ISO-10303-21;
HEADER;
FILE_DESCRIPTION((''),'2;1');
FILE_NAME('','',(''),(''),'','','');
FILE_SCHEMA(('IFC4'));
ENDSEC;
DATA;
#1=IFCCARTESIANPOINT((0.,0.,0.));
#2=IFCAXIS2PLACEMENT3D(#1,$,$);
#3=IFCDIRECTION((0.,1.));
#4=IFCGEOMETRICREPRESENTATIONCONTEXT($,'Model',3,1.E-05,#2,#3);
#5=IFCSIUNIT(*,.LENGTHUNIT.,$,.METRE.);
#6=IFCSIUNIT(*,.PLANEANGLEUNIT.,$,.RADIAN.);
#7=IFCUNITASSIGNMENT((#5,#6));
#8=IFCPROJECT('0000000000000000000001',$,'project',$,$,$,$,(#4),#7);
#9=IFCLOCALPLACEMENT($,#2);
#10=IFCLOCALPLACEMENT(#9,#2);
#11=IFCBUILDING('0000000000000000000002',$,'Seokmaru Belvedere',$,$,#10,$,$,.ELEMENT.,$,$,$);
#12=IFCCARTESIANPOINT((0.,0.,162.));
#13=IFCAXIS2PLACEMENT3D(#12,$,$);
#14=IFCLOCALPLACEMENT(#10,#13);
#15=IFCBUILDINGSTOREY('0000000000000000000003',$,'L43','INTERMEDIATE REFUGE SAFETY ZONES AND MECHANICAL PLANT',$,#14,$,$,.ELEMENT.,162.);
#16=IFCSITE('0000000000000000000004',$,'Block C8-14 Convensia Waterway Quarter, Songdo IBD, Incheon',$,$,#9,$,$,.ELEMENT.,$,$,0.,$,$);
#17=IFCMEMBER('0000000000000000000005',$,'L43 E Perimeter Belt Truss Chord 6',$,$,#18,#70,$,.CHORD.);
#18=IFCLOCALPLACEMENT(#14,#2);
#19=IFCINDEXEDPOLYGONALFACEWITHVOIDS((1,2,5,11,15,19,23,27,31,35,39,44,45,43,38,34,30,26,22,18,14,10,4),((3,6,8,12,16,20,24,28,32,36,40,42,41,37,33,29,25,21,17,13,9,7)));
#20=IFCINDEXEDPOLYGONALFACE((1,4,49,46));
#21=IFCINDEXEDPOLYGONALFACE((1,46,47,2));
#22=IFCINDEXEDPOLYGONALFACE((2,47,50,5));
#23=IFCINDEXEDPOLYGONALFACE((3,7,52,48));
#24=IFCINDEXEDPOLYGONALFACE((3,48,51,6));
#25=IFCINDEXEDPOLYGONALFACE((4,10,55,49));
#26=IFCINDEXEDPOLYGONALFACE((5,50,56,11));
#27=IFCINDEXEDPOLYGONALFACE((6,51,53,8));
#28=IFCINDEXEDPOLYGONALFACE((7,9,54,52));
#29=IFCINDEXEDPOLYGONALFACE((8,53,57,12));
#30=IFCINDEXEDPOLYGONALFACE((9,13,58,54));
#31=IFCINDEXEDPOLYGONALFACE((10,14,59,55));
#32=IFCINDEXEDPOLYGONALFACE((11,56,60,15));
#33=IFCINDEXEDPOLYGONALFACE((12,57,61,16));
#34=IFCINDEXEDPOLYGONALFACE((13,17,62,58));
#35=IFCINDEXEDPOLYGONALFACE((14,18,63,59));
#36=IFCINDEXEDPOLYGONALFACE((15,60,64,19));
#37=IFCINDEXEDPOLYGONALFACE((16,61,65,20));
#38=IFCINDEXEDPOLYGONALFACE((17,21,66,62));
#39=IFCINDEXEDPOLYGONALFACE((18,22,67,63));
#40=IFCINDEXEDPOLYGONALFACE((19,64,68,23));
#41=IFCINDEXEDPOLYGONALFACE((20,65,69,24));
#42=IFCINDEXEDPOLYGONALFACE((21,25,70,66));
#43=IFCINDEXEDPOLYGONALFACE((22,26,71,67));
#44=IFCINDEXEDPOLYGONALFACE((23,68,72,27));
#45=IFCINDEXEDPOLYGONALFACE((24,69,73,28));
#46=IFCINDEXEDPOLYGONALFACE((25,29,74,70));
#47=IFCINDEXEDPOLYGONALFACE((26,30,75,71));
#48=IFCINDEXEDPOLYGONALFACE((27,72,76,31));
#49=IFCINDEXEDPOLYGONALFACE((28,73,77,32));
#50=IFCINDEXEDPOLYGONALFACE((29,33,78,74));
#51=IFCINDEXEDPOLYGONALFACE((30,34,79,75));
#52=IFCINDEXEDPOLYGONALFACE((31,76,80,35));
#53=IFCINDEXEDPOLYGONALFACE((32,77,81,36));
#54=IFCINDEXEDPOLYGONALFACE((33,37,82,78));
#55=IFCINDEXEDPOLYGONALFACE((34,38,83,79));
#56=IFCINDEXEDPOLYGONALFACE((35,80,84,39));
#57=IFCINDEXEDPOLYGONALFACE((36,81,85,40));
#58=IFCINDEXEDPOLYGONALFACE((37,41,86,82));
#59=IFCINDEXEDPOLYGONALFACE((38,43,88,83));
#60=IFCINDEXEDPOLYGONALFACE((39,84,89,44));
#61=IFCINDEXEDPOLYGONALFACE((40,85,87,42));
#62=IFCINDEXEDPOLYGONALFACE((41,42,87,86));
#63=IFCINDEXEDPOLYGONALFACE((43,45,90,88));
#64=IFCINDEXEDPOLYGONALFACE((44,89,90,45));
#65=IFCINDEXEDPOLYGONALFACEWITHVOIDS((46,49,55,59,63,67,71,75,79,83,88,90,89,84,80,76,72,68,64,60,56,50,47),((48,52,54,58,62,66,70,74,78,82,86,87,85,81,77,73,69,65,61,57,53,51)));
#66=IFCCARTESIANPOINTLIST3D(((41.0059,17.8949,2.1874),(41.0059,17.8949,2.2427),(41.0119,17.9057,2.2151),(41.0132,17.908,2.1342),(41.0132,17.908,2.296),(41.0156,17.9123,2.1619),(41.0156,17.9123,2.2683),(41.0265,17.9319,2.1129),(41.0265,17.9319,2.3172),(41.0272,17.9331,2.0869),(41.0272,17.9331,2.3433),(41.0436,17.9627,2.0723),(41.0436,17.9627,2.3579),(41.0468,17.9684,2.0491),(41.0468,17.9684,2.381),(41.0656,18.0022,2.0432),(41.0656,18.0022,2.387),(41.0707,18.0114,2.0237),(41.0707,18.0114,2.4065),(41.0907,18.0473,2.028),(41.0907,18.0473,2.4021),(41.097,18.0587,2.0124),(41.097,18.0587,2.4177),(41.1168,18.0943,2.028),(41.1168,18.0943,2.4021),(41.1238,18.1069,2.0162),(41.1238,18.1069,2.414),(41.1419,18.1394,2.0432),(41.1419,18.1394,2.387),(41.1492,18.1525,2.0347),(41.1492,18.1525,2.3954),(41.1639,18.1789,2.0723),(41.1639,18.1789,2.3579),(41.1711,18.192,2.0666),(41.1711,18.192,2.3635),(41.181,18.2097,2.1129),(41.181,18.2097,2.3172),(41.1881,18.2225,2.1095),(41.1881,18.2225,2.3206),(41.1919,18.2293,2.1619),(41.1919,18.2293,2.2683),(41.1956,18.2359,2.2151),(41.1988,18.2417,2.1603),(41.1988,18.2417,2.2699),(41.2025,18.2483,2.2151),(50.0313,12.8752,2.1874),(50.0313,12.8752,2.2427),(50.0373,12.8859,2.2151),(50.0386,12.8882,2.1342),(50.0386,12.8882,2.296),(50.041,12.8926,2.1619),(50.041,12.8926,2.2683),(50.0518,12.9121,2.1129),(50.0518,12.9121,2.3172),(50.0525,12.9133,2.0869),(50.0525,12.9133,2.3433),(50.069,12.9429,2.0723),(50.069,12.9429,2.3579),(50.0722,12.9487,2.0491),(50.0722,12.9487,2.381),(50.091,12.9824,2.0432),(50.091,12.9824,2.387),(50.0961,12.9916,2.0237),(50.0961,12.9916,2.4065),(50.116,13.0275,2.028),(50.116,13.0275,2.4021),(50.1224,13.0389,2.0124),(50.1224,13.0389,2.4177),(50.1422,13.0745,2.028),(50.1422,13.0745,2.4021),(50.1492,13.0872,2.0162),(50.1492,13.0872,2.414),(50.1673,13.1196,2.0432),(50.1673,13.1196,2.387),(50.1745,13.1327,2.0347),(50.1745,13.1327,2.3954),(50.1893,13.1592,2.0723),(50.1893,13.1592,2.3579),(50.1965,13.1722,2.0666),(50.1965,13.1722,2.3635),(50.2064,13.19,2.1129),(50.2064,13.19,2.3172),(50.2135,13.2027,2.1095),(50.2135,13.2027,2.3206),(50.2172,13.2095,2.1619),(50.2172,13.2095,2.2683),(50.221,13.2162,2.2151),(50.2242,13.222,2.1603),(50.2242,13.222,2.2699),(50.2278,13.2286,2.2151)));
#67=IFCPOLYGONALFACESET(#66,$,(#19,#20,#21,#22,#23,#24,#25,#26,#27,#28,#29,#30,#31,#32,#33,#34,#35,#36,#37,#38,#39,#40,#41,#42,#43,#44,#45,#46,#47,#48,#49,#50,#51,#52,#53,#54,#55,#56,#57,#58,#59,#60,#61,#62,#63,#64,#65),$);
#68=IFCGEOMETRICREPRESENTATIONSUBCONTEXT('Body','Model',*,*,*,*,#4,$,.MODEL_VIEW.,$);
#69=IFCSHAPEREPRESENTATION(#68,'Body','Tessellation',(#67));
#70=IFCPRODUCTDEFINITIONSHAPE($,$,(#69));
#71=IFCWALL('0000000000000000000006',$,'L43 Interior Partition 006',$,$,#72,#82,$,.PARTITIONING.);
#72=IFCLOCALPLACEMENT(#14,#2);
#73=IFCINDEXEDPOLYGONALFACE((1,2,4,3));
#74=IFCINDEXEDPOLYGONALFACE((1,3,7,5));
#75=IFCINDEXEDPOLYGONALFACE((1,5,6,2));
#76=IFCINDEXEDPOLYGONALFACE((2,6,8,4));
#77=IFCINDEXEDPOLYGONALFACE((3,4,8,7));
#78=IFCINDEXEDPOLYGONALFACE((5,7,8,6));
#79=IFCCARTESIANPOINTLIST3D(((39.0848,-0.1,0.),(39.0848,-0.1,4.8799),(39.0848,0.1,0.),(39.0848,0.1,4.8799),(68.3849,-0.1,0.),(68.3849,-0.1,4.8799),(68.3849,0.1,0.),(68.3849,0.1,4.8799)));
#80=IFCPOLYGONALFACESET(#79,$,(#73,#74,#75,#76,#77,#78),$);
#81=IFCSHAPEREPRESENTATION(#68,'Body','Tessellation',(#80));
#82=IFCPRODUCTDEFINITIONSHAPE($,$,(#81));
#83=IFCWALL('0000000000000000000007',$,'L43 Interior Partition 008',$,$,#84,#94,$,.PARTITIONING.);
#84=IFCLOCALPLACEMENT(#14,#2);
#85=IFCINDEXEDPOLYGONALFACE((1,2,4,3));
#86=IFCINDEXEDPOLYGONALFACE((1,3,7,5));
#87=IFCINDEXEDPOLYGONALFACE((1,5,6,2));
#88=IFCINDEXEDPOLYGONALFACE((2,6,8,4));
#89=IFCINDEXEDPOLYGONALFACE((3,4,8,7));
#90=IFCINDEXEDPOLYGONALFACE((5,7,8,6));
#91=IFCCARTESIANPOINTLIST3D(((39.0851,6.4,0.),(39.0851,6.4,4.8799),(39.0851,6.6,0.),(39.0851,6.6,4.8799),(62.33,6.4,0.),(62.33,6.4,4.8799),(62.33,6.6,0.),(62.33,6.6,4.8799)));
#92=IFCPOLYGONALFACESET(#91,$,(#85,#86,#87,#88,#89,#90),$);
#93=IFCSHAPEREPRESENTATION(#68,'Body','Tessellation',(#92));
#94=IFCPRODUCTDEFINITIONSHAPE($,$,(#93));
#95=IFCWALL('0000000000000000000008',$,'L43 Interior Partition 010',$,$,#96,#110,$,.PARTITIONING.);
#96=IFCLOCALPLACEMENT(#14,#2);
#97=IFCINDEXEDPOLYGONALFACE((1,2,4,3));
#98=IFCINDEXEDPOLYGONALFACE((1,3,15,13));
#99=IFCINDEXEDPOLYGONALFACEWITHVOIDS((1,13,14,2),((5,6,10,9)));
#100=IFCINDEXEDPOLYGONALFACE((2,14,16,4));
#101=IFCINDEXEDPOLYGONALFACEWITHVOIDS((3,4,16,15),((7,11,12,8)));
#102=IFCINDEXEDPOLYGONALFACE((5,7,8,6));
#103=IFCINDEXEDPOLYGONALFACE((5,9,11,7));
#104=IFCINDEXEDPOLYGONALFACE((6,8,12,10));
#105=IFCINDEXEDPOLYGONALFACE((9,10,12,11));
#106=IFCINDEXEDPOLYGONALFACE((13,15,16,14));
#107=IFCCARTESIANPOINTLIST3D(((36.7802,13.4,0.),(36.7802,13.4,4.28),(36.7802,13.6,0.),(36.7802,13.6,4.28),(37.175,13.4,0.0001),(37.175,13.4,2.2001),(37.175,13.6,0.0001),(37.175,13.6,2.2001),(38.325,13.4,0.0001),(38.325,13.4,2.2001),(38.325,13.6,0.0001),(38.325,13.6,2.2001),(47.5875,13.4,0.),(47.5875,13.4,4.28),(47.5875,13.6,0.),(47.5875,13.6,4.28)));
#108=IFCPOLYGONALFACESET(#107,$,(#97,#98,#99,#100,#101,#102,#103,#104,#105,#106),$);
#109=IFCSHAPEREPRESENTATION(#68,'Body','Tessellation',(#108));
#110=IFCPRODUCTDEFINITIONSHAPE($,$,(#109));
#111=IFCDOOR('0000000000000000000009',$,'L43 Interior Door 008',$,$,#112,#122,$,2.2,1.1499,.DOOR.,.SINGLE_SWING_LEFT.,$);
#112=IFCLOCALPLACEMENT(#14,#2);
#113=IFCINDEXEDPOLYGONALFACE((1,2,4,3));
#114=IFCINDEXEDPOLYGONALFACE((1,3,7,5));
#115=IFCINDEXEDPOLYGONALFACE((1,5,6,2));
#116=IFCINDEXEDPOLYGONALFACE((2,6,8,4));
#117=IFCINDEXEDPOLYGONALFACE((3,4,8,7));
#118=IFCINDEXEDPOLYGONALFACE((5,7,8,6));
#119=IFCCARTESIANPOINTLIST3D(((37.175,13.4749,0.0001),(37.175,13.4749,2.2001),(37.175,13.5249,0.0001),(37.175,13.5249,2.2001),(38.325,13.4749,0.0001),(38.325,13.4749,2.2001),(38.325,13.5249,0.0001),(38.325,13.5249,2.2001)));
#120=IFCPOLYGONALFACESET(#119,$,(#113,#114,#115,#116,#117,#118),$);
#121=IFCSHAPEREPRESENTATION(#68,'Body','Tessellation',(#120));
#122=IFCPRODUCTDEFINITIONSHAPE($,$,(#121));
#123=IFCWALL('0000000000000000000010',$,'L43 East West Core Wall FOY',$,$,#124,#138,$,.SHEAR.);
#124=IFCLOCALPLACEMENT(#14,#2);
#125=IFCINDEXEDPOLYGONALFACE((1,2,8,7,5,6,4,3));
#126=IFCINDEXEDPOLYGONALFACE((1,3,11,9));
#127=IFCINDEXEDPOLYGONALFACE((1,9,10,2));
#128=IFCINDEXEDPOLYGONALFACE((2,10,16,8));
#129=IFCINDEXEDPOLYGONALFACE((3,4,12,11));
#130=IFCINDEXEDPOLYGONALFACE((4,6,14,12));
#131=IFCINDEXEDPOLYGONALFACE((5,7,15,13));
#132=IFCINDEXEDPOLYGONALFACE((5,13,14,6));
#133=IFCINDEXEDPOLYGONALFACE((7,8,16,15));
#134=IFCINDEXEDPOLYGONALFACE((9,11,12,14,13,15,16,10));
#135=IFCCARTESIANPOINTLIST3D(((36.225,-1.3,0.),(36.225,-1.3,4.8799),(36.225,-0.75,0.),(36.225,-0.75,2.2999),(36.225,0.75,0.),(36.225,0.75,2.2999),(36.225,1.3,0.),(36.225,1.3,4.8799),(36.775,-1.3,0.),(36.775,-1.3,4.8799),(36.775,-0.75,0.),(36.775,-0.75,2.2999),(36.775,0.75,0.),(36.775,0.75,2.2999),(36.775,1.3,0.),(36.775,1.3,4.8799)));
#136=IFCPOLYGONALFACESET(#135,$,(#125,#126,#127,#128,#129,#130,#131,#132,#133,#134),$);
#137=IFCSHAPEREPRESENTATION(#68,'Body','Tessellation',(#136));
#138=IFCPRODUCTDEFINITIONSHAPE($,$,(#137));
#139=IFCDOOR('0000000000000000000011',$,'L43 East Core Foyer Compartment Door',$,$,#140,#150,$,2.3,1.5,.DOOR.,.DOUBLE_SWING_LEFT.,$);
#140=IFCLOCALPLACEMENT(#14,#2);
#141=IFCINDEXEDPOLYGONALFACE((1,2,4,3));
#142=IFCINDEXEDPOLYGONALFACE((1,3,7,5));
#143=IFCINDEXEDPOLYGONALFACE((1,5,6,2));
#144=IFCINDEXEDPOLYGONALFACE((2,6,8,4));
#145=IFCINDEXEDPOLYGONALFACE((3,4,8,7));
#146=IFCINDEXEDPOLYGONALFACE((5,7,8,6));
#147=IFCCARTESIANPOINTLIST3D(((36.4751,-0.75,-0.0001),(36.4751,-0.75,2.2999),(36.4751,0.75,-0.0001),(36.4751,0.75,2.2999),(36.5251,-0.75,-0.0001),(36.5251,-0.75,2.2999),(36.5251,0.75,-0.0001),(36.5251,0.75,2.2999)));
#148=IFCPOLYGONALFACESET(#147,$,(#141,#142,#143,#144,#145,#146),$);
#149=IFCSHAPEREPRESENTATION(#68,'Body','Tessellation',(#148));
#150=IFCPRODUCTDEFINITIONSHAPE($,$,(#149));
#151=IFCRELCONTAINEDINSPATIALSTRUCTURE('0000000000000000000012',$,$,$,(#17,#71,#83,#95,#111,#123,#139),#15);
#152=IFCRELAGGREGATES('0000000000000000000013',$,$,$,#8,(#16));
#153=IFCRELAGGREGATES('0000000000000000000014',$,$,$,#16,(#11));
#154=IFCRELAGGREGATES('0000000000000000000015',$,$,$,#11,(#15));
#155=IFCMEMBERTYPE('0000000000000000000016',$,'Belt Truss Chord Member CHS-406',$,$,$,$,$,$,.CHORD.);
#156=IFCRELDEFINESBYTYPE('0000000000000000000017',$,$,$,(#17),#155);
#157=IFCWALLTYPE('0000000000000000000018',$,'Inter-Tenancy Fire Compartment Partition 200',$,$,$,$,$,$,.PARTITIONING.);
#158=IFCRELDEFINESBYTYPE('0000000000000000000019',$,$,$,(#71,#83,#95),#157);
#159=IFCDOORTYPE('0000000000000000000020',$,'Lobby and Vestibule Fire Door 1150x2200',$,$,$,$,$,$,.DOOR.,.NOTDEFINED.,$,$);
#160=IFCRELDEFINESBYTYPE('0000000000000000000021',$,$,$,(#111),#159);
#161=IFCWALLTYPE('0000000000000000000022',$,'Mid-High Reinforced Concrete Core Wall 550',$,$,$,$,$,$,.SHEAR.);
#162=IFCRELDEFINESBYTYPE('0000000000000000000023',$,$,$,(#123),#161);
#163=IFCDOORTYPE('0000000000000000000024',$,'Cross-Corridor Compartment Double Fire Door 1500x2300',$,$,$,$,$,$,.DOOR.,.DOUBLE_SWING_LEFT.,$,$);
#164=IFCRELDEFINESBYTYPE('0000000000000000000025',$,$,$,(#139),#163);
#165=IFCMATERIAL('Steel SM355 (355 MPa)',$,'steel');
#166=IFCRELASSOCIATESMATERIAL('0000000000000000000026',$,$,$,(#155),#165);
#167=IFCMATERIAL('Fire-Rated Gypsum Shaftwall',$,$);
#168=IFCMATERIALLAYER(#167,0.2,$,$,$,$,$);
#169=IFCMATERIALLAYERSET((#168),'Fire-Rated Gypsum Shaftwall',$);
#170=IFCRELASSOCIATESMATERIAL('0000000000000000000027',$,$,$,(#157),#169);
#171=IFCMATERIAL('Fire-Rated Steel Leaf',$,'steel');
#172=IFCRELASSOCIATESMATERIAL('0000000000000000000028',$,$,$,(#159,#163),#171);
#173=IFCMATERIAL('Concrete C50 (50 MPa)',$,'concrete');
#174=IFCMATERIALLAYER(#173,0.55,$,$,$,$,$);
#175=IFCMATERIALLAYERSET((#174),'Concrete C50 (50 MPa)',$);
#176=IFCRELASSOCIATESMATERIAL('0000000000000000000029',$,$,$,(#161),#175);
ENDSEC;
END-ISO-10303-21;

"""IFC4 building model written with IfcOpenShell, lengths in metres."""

from ifc_helpers import new_model, si_unit, direction, frame, frame_2d, origin, origin_2d, place, context, subcontext, project, spatial, rectangle, hollow_circle, extrude, source, transform, mapped, material, layer, layer_set, material_profile, profile_set, type_object, type_shapes, element, fill, save


model = new_model("IFC4")

# Units and contexts
model_context = context("Model", 3, precision=1e-05, world=origin(), true_north=direction((0.0, 1.0)))
body_context = subcontext(model_context, "Body", "Model", "MODEL_VIEW")
ifc_project = project(units=[si_unit("LENGTHUNIT", "METRE"), si_unit("PLANEANGLEUNIT", "RADIAN")], contexts=[model_context])

# Site, building, storey
site_placement = place(None, origin())
site = spatial("IfcSite", under=ifc_project, at=site_placement, Name="Block C8-14 Convensia Waterway Quarter, Songdo IBD, Incheon", CompositionType="ELEMENT", RefElevation=0.0)
building_placement = place(site_placement, origin())
building = spatial("IfcBuilding", under=site, at=building_placement, Name="Seokmaru Belvedere", CompositionType="ELEMENT")
storey_placement = place(building_placement, frame((0.0, 0.0, 162.0)))
storey = spatial("IfcBuildingStorey", under=building, at=storey_placement, Name="L43", Description="INTERMEDIATE REFUGE SAFETY ZONES AND MECHANICAL PLANT", CompositionType="ELEMENT", Elevation=162.0)

# Shared definitions
ifc_material_1 = material(Name="Steel SM355 (355 MPa)", Category="steel")

# Member
ifc_material_profile_1 = material_profile(ifc_material_1, hollow_circle(Radius=0.2031, WallThickness=0.0142, at=origin_2d()), Name="CHS-406.4x14.2")
ifc_profile_set_1 = profile_set([ifc_material_profile_1], Name="Steel SM355 (355 MPa)")
member_type_1 = type_object("IfcMemberType", Name="Belt Truss Chord Member CHS-406", PredefinedType="CHORD", material=ifc_profile_set_1)
shared_shape_1 = source(origin(), body_context, "Body", "SweptSolid", [
    extrude(hollow_circle(Radius=0.2031, WallThickness=0.0142, at=origin_2d()), origin(), (0.0, 0.0, 1.0), 10.3274),
])
type_shapes(member_type_1, [shared_shape_1])
member_1_placement = place(storey_placement, frame((41.1038, 18.0708, 2.2151), z_axis=(0.873924, -0.486062, 0.0), x_axis=(0.486062, 0.873924, 0.0)))
element("IfcMember", 1, at=member_1_placement, inside=storey, type_object=member_type_1, Name="L43 E Perimeter Belt Truss Chord 6", PredefinedType="CHORD", context=body_context, shape_type="MappedRepresentation", body=[
    mapped(shared_shape_1, transform((0.0, 0.0, 0.0), scale=1.0)),
])

# Walls
ifc_material_2 = material(Name="Fire-Rated Gypsum Shaftwall")
ifc_layer_1 = layer(ifc_material_2, 0.2)
ifc_layer_set_1 = layer_set([ifc_layer_1], Name="Fire-Rated Gypsum Shaftwall")
wall_type_1 = type_object("IfcWallType", Name="Inter-Tenancy Fire Compartment Partition 200", PredefinedType="PARTITIONING", material=ifc_layer_set_1)
wall_1_placement = place(storey_placement, frame((39.085, 0.0, 0.0), z_axis=(0.0, 0.0, 1.0), x_axis=(1.0, 0.0, 0.0)))
element("IfcWall", 2, at=wall_1_placement, inside=storey, type_object=wall_type_1, Name="L43 Interior Partition 006", PredefinedType="PARTITIONING", context=body_context, shape_type="SweptSolid", body=[
    extrude(rectangle(XDim=29.3, YDim=0.2, at=frame_2d((14.6499, 0.0))), origin(), (0.0, 0.0, 1.0), 4.8799),
])
wall_2_placement = place(storey_placement, frame((39.085, 6.5, 0.0), z_axis=(0.0, 0.0, 1.0), x_axis=(1.0, 0.0, 0.0)))
element("IfcWall", 3, at=wall_2_placement, inside=storey, type_object=wall_type_1, Name="L43 Interior Partition 008", PredefinedType="PARTITIONING", context=body_context, shape_type="SweptSolid", body=[
    extrude(rectangle(XDim=23.2449, YDim=0.2, at=frame_2d((11.6226, 0.0))), origin(), (0.0, 0.0, 1.0), 4.8799),
])

# Walls, openings, doors
wall_3_placement = place(storey_placement, frame((36.78, 13.5, 0.0), z_axis=(0.0, 0.0, 1.0), x_axis=(1.0, 0.0, 0.0)))
wall_3 = element("IfcWall", 4, at=wall_3_placement, inside=storey, type_object=wall_type_1, Name="L43 Interior Partition 010", PredefinedType="PARTITIONING", context=body_context, shape_type="SweptSolid", body=[
    extrude(rectangle(XDim=10.8074, YDim=0.2, at=frame_2d((5.4038, 0.0))), origin(), (0.0, 0.0, 1.0), 4.28),
])
opening_1_placement = place(wall_3_placement, frame((0.395, 0.0, 0.0)))
opening_1 = element("IfcOpeningElement", 5, at=opening_1_placement, cuts=wall_3, PredefinedType="OPENING", context=body_context, shape_type="SweptSolid", body=[
    extrude(rectangle(XDim=1.1499, YDim=2.2, at=frame_2d((0.575, 1.1001))), frame((0.0, 0.1099, 0.0), z_axis=(0.0, -1.0, 0.0), x_axis=(1.0, 0.0, 0.0)), (0.0, 0.0, 1.0), 0.22),
])
ifc_material_3 = material(Name="Fire-Rated Steel Leaf", Category="steel")
door_type_1 = type_object("IfcDoorType", Name="Lobby and Vestibule Fire Door 1150x2200", OperationType="NOTDEFINED", PredefinedType="DOOR", material=ifc_material_3)
shared_shape_2 = source(origin(), body_context, "Body", "SweptSolid", [
    extrude(rectangle(XDim=1.1499, YDim=2.2, at=frame_2d((0.575, 1.1001))), frame((0.0, 0.0249, 0.0), z_axis=(0.0, -1.0, 0.0), x_axis=(1.0, 0.0, 0.0)), (0.0, 0.0, 1.0), 0.05),
])
type_shapes(door_type_1, [shared_shape_2])
door_1_placement = place(opening_1_placement, origin())
door_1 = element("IfcDoor", 6, at=door_1_placement, inside=storey, type_object=door_type_1, Name="L43 Interior Door 008", OperationType="SINGLE_SWING_LEFT", OverallHeight=2.2, OverallWidth=1.1499, PredefinedType="DOOR", context=body_context, shape_type="MappedRepresentation", body=[
    mapped(shared_shape_2, transform((0.0, 0.0, 0.0), scale=1.0)),
])
fill(opening_1, door_1)
ifc_material_4 = material(Name="Concrete C50 (50 MPa)", Category="concrete")
ifc_layer_2 = layer(ifc_material_4, 0.55)
ifc_layer_set_2 = layer_set([ifc_layer_2], Name="Concrete C50 (50 MPa)")
wall_type_2 = type_object("IfcWallType", Name="Mid-High Reinforced Concrete Core Wall 550", PredefinedType="SHEAR", material=ifc_layer_set_2)
wall_4_placement = place(storey_placement, frame((36.5, -1.3, 0.0), z_axis=(0.0, 0.0, 1.0), x_axis=(0.0, 1.0, 0.0)))
wall_4 = element("IfcWall", 7, at=wall_4_placement, inside=storey, type_object=wall_type_2, Name="L43 East West Core Wall FOY", PredefinedType="SHEAR", context=body_context, shape_type="SweptSolid", body=[
    extrude(rectangle(XDim=2.6001, YDim=0.55, at=frame_2d((1.3, 0.0))), origin(), (0.0, 0.0, 1.0), 4.8799),
])
opening_2_placement = place(wall_4_placement, frame((0.55, 0.0, 0.0)))
opening_2 = element("IfcOpeningElement", 8, at=opening_2_placement, cuts=wall_4, PredefinedType="OPENING", context=body_context, shape_type="SweptSolid", body=[
    extrude(rectangle(XDim=1.5, YDim=2.3, at=frame_2d((0.75, 1.1499))), frame((0.0, 0.2852, 0.0), z_axis=(0.0, -1.0, 0.0), x_axis=(1.0, 0.0, 0.0)), (0.0, 0.0, 1.0), 0.5701),
])
door_type_2 = type_object("IfcDoorType", Name="Cross-Corridor Compartment Double Fire Door 1500x2300", OperationType="DOUBLE_SWING_LEFT", PredefinedType="DOOR", material=ifc_material_3)
shared_shape_3 = source(origin(), body_context, "Body", "SweptSolid", [
    extrude(rectangle(XDim=1.5, YDim=2.3, at=frame_2d((0.75, 1.1499))), frame((0.0, 0.0249, 0.0), z_axis=(0.0, -1.0, 0.0), x_axis=(1.0, 0.0, 0.0)), (0.0, 0.0, 1.0), 0.05),
])
type_shapes(door_type_2, [shared_shape_3])
door_2_placement = place(opening_2_placement, origin())
door_2 = element("IfcDoor", 9, at=door_2_placement, inside=storey, type_object=door_type_2, Name="L43 East Core Foyer Compartment Door", OperationType="DOUBLE_SWING_LEFT", OverallHeight=2.3, OverallWidth=1.5, PredefinedType="DOOR", context=body_context, shape_type="MappedRepresentation", body=[
    mapped(shared_shape_3, transform((0.0, 0.0, 0.0), scale=1.0)),
])
fill(opening_2, door_2)

save(model, "model.ifc")
